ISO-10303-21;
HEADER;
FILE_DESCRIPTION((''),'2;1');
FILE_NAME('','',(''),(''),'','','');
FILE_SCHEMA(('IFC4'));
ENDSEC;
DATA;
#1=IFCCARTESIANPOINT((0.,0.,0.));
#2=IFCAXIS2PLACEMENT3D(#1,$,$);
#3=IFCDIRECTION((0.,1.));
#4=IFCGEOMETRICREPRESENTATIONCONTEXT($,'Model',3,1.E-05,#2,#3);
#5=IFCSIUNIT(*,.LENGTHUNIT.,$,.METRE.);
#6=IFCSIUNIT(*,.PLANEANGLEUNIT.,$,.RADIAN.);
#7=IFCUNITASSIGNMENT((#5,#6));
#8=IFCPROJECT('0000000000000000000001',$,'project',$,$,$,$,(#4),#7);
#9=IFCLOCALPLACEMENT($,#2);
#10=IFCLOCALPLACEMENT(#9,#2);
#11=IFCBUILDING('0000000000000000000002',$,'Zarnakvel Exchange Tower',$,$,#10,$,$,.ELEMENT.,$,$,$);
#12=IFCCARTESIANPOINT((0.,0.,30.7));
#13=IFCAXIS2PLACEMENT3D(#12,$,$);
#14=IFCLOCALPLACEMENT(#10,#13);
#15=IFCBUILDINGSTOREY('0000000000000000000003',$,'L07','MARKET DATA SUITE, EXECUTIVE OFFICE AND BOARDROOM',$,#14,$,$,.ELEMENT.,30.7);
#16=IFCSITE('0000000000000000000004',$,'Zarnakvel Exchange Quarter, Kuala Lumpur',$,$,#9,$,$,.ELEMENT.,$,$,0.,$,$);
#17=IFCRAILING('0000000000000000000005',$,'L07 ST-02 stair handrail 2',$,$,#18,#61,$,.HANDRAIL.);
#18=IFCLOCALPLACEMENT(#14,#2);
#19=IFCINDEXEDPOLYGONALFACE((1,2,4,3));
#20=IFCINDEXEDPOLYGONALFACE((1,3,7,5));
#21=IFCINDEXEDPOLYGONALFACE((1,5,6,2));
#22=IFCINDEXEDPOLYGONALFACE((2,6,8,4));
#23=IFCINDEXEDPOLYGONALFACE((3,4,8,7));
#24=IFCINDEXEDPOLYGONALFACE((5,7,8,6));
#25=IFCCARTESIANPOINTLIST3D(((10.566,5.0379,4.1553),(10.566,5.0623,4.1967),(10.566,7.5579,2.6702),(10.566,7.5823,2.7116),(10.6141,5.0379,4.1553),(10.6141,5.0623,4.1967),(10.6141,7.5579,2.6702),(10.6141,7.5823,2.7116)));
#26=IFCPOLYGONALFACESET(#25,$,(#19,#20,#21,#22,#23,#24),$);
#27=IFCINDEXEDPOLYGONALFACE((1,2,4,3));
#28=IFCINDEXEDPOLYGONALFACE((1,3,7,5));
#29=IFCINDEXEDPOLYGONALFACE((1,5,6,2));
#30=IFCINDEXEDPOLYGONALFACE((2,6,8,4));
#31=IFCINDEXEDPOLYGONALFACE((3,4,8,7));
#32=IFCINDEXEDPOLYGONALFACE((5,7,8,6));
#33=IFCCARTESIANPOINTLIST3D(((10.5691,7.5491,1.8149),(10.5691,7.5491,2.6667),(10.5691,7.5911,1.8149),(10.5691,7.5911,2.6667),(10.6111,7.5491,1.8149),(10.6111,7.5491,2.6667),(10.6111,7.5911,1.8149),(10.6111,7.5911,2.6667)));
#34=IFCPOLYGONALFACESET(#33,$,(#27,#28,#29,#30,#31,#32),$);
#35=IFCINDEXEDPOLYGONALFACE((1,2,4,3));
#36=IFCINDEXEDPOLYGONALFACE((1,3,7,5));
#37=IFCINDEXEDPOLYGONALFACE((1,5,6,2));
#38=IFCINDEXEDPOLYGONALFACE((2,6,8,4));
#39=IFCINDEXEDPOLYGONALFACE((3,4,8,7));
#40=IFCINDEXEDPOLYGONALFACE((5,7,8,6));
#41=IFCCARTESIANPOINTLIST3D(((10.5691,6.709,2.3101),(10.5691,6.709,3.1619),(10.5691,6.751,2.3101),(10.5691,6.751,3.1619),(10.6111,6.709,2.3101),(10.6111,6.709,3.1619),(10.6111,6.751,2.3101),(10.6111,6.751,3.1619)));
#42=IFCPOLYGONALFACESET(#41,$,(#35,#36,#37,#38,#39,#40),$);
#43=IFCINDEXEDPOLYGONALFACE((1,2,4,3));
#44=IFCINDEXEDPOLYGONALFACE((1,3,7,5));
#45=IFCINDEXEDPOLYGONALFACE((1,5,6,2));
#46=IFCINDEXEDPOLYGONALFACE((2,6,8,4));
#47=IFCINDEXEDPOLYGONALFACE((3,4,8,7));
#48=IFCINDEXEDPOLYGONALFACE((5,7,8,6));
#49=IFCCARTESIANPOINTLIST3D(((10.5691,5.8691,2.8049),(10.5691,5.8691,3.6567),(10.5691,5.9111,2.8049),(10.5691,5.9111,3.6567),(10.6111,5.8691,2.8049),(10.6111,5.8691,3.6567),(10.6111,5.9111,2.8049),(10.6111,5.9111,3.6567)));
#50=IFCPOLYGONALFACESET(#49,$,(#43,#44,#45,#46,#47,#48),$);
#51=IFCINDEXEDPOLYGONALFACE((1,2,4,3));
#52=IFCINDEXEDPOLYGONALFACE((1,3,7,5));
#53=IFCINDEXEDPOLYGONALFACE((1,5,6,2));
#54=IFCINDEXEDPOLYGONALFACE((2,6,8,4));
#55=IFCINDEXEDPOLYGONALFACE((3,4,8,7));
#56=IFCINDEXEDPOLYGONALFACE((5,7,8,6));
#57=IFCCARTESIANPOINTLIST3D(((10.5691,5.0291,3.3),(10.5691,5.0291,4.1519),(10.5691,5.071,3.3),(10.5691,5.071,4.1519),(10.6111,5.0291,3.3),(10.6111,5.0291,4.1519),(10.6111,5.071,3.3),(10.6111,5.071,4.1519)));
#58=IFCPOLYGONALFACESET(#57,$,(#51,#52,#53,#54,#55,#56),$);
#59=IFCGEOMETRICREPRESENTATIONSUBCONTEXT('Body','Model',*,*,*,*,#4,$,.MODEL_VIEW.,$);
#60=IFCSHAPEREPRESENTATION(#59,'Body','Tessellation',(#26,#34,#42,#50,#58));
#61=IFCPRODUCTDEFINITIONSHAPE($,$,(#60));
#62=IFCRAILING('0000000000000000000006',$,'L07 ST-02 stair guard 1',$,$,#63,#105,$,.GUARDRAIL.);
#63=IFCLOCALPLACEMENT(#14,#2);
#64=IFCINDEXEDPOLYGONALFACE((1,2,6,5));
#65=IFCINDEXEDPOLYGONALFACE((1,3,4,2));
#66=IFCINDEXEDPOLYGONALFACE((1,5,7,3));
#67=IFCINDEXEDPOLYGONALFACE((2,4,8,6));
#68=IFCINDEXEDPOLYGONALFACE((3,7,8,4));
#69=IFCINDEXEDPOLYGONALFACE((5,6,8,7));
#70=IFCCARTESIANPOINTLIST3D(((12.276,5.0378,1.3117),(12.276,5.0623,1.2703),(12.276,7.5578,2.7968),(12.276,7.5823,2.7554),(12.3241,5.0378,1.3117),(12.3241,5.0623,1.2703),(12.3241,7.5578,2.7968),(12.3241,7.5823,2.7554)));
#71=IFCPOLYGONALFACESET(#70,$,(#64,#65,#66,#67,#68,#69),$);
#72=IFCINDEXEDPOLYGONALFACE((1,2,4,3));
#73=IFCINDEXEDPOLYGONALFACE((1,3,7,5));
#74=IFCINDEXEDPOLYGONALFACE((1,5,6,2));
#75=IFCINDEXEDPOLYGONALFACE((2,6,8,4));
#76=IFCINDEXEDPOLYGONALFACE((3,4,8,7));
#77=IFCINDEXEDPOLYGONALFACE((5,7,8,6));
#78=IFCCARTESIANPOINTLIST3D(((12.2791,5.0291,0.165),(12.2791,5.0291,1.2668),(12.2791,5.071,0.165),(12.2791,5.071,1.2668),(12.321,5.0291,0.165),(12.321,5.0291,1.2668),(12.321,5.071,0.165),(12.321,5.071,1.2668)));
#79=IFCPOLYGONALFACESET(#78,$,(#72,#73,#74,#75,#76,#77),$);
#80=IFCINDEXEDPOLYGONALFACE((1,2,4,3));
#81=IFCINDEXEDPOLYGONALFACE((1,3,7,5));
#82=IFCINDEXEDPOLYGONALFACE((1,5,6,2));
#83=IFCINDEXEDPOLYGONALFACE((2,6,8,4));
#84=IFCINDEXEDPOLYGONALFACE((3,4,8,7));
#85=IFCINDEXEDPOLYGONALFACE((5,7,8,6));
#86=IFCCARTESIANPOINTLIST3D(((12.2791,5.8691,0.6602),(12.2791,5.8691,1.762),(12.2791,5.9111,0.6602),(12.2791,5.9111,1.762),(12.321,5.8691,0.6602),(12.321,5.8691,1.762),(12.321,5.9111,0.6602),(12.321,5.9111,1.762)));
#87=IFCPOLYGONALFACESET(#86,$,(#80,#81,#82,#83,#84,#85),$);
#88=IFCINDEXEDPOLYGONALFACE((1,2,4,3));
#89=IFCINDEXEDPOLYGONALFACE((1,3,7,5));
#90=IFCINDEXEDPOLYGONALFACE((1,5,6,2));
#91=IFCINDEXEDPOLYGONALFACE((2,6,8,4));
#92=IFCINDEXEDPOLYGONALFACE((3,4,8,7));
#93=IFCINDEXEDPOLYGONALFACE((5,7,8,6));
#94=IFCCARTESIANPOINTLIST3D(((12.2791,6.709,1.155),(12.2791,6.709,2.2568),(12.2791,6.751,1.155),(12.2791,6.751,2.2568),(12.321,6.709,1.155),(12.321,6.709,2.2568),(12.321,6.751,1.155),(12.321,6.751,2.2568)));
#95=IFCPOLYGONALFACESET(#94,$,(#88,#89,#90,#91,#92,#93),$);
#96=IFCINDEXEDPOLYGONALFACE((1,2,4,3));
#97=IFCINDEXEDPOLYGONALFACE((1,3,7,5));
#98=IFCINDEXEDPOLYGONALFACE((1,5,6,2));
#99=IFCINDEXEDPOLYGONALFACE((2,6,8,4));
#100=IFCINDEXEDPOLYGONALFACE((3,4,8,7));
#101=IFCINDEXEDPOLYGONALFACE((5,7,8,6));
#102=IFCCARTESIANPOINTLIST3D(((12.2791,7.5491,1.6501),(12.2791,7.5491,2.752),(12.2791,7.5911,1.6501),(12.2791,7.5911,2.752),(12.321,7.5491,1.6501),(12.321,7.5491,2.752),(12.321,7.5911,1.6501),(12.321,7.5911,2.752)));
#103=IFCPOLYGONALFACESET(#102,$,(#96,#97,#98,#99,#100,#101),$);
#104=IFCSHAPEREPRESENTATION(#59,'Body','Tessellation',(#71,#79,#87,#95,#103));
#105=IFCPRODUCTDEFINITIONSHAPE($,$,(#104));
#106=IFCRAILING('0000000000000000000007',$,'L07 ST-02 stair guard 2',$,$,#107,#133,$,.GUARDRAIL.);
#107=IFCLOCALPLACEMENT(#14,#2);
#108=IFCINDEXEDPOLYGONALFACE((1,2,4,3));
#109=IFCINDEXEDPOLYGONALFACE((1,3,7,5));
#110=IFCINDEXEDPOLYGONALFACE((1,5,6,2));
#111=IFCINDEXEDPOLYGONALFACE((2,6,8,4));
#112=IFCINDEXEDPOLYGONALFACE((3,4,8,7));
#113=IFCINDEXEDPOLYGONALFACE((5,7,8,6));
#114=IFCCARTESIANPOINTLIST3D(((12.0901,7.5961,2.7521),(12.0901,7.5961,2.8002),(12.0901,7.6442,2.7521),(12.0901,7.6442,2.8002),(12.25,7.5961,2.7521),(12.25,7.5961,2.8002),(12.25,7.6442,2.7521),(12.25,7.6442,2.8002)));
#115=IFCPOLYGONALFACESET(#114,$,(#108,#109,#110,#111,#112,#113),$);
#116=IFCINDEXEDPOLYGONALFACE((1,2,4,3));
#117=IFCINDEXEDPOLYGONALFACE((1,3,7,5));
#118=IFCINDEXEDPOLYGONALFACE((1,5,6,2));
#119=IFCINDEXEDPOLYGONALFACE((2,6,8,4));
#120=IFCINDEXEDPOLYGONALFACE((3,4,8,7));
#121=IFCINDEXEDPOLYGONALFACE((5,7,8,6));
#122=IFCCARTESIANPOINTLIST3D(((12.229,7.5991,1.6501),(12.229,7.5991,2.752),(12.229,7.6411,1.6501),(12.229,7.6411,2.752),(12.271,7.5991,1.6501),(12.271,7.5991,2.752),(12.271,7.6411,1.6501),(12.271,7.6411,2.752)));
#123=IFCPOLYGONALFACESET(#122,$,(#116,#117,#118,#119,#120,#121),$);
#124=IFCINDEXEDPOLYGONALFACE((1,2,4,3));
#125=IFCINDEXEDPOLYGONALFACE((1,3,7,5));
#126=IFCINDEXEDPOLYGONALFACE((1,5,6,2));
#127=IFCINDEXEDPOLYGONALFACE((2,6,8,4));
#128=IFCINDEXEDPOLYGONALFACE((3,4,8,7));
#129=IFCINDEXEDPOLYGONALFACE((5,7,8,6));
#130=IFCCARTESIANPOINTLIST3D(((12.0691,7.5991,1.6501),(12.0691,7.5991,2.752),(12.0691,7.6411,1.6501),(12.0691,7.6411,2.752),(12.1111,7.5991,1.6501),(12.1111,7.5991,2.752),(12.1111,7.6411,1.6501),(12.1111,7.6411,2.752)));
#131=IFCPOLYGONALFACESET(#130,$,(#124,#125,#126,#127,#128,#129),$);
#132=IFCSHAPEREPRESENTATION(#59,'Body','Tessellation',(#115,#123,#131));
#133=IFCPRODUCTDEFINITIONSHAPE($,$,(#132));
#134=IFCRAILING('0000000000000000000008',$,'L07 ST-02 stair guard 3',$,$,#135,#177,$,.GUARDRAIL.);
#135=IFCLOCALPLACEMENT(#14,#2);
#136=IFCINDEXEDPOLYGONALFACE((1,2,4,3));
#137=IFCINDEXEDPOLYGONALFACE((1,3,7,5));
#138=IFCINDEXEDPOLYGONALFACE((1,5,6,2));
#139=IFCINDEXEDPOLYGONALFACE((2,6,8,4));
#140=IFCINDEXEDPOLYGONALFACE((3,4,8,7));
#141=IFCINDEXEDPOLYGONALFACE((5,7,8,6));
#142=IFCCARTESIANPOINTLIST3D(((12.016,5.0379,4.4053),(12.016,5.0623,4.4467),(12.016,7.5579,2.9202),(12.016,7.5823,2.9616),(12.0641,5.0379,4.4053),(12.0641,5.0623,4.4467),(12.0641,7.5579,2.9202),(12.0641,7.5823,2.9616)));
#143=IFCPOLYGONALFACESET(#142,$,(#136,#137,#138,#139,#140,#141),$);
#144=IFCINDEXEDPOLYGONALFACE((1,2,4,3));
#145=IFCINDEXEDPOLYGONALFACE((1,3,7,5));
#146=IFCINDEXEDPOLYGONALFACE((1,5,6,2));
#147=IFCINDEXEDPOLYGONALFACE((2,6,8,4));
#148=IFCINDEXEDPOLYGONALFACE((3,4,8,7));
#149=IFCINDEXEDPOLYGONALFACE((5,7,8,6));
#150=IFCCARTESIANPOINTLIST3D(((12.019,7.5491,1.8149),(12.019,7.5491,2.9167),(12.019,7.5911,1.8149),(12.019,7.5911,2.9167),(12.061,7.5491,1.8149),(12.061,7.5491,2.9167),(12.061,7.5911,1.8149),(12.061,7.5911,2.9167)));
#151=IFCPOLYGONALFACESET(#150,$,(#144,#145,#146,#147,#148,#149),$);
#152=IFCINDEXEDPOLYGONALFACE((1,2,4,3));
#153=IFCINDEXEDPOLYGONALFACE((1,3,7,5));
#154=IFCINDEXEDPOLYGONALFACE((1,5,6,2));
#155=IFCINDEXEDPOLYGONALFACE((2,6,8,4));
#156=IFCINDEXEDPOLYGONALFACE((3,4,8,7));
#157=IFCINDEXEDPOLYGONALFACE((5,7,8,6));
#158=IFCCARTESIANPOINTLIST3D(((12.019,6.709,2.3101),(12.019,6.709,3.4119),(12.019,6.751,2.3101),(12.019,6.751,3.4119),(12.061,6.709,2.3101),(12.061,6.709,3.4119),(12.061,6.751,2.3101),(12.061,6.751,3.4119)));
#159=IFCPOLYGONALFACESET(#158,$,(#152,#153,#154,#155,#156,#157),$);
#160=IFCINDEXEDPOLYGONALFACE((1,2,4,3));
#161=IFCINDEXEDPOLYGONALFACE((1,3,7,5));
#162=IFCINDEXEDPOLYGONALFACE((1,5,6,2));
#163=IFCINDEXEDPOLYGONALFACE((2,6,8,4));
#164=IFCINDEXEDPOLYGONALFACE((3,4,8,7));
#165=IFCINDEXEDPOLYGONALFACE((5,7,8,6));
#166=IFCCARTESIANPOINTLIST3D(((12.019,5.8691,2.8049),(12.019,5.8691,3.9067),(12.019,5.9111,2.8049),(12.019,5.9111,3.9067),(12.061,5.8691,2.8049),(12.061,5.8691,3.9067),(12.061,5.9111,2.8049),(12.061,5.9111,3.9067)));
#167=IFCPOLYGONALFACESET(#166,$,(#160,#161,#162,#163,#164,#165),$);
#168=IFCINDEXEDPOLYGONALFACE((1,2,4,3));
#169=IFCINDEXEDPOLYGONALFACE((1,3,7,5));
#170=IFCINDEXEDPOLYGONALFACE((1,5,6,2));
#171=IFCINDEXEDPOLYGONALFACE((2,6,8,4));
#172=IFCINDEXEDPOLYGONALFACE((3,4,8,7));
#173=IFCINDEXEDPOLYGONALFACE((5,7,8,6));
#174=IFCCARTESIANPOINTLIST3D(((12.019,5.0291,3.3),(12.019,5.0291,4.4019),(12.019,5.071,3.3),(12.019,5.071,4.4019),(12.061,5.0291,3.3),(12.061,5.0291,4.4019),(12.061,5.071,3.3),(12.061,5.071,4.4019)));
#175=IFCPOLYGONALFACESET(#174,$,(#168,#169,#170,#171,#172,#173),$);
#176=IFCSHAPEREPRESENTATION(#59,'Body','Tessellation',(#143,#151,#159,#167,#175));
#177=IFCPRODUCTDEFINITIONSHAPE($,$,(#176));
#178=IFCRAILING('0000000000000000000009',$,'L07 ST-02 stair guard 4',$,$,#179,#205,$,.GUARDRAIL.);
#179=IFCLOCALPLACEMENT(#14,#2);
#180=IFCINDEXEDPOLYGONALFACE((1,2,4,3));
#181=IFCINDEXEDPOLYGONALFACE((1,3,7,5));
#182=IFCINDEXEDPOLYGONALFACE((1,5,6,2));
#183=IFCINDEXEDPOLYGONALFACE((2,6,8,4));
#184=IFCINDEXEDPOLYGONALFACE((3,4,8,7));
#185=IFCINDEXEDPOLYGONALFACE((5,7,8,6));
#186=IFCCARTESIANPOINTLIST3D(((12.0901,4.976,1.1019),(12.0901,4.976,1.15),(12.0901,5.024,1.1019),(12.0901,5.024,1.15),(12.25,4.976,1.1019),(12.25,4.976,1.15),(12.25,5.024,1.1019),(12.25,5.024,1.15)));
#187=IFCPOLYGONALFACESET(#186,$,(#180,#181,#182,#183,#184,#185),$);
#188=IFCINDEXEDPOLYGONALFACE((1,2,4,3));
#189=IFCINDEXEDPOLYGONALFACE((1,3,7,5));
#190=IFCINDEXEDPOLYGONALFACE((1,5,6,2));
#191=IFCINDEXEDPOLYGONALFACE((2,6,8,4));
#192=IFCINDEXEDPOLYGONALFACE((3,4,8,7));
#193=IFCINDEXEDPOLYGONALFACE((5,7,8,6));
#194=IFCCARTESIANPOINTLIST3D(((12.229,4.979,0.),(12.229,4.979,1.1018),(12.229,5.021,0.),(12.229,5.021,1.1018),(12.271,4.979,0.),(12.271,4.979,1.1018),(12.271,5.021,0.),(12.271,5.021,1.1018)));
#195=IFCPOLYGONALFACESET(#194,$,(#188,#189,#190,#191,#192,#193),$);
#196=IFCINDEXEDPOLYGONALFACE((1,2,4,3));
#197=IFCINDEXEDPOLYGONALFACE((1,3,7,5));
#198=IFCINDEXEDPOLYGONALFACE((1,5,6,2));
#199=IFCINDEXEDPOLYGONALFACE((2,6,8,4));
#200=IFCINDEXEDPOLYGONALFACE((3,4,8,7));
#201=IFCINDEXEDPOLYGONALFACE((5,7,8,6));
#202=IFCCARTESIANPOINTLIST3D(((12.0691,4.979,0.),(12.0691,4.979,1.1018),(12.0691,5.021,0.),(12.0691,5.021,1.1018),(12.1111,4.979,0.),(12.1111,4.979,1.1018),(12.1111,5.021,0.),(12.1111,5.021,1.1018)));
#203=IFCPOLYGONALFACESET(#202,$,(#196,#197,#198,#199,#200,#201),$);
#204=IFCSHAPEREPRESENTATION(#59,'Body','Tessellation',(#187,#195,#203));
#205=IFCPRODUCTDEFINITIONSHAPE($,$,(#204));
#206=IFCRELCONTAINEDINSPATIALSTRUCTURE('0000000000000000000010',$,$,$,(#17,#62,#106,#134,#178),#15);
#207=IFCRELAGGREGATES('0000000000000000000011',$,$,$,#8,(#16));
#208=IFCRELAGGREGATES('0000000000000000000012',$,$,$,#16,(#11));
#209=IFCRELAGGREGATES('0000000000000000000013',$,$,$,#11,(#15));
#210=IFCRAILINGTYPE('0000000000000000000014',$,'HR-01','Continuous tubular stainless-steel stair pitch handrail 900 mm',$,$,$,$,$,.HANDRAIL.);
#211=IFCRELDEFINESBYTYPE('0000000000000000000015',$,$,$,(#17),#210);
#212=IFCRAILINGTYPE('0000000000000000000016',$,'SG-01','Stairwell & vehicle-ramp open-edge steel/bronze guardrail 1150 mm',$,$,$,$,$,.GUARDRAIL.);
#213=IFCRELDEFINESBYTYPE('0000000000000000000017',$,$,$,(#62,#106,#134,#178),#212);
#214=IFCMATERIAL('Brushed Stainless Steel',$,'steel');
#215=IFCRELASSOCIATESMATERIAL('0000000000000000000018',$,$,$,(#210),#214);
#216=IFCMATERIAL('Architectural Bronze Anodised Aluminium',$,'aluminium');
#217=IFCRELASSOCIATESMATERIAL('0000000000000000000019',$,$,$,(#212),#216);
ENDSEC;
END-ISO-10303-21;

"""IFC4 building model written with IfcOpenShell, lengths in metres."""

from ifc_helpers import new_model, si_unit, direction, frame, origin, origin_2d, place, context, subcontext, project, spatial, rectangle, extrude, material, type_object, element, save


model = new_model("IFC4")

# Units and contexts
model_context = context("Model", 3, precision=1e-05, world=origin(), true_north=direction((0.0, 1.0)))
body_context = subcontext(model_context, "Body", "Model", "MODEL_VIEW")
ifc_project = project(units=[si_unit("LENGTHUNIT", "METRE"), si_unit("PLANEANGLEUNIT", "RADIAN")], contexts=[model_context])

# Site, building, storey
site_placement = place(None, origin())
site = spatial("IfcSite", under=ifc_project, at=site_placement, Name="Zarnakvel Exchange Quarter, Kuala Lumpur", CompositionType="ELEMENT", RefElevation=0.0)
building_placement = place(site_placement, origin())
building = spatial("IfcBuilding", under=site, at=building_placement, Name="Zarnakvel Exchange Tower", CompositionType="ELEMENT")
storey_placement = place(building_placement, frame((0.0, 0.0, 30.7)))
storey = spatial("IfcBuildingStorey", under=building, at=storey_placement, Name="L07", Description="MARKET DATA SUITE, EXECUTIVE OFFICE AND BOARDROOM", CompositionType="ELEMENT", Elevation=30.7)

# Shared definitions
ifc_material_1 = material(Name="Architectural Bronze Anodised Aluminium", Category="aluminium")

# Railings
ifc_material_2 = material(Name="Brushed Stainless Steel", Category="steel")
railing_type_1 = type_object("IfcRailingType", Name="HR-01", Description="Continuous tubular stainless-steel stair pitch handrail 900 mm", PredefinedType="HANDRAIL", material=ifc_material_2)
railing_1_placement = place(storey_placement, frame((10.5901, 7.5701, 1.8149)))
element("IfcRailing", 1, at=railing_1_placement, inside=storey, type_object=railing_type_1, Name="L07 ST-02 stair handrail 2", PredefinedType="HANDRAIL", context=body_context, shape_type="SweptSolid", body=[
    extrude(rectangle(XDim=0.0481, YDim=0.0481, at=origin_2d()), frame((0.0, 0.0, 0.876), z_axis=(0.0, -0.861524, 0.507717), x_axis=(1.0, 0.0, 0.0)), (0.0, 0.0, 1.0), 2.925),
    extrude(rectangle(XDim=0.042, YDim=0.042, at=origin_2d()), origin(), (0.0, 0.0, 1.0), 0.8518),
    extrude(rectangle(XDim=0.042, YDim=0.042, at=origin_2d()), frame((0.0, -0.8401, 0.4951)), (0.0, 0.0, 1.0), 0.8518),
    extrude(rectangle(XDim=0.042, YDim=0.042, at=origin_2d()), frame((0.0, -1.6799, 0.99)), (0.0, 0.0, 1.0), 0.8518),
    extrude(rectangle(XDim=0.042, YDim=0.042, at=origin_2d()), frame((0.0, -2.52, 1.4851)), (0.0, 0.0, 1.0), 0.8518),
])
railing_type_2 = type_object("IfcRailingType", Name="SG-01", Description="Stairwell & vehicle-ramp open-edge steel/bronze guardrail 1150 mm", PredefinedType="GUARDRAIL", material=ifc_material_1)
railing_2_placement = place(storey_placement, frame((12.3, 5.05, 0.165)))
element("IfcRailing", 2, at=railing_2_placement, inside=storey, type_object=railing_type_2, Name="L07 ST-02 stair guard 1", PredefinedType="GUARDRAIL", context=body_context, shape_type="SweptSolid", body=[
    extrude(rectangle(XDim=0.0481, YDim=0.0481, at=origin_2d()), frame((0.0, 0.0, 1.126), z_axis=(0.0, 0.861524, 0.507717), x_axis=(-1.0, 0.0, 0.0)), (0.0, 0.0, 1.0), 2.925),
    extrude(rectangle(XDim=0.042, YDim=0.042, at=origin_2d()), origin(), (0.0, 0.0, 1.0), 1.1018),
    extrude(rectangle(XDim=0.042, YDim=0.042, at=origin_2d()), frame((0.0, 0.8401, 0.4951)), (0.0, 0.0, 1.0), 1.1018),
    extrude(rectangle(XDim=0.042, YDim=0.042, at=origin_2d()), frame((0.0, 1.6799, 0.99)), (0.0, 0.0, 1.0), 1.1018),
    extrude(rectangle(XDim=0.042, YDim=0.042, at=origin_2d()), frame((0.0, 2.52, 1.4851)), (0.0, 0.0, 1.0), 1.1018),
])
railing_3_placement = place(storey_placement, frame((12.25, 7.6201, 1.6501)))
element("IfcRailing", 3, at=railing_3_placement, inside=storey, type_object=railing_type_2, Name="L07 ST-02 stair guard 2", PredefinedType="GUARDRAIL", context=body_context, shape_type="SweptSolid", body=[
    extrude(rectangle(XDim=0.0481, YDim=0.0481, at=origin_2d()), frame((0.0, 0.0, 1.126), z_axis=(-1.0, 0.0, 0.0), x_axis=(0.0, -1.0, 0.0)), (0.0, 0.0, 1.0), 0.1599),
    extrude(rectangle(XDim=0.042, YDim=0.042, at=origin_2d()), origin(), (0.0, 0.0, 1.0), 1.1018),
    extrude(rectangle(XDim=0.042, YDim=0.042, at=origin_2d()), frame((-0.1599, 0.0, 0.0)), (0.0, 0.0, 1.0), 1.1018),
])
railing_4_placement = place(storey_placement, frame((12.04, 7.5701, 1.8149)))
element("IfcRailing", 4, at=railing_4_placement, inside=storey, type_object=railing_type_2, Name="L07 ST-02 stair guard 3", PredefinedType="GUARDRAIL", context=body_context, shape_type="SweptSolid", body=[
    extrude(rectangle(XDim=0.0481, YDim=0.0481, at=origin_2d()), frame((0.0, 0.0, 1.126), z_axis=(0.0, -0.861524, 0.507717), x_axis=(1.0, 0.0, 0.0)), (0.0, 0.0, 1.0), 2.925),
    extrude(rectangle(XDim=0.042, YDim=0.042, at=origin_2d()), origin(), (0.0, 0.0, 1.0), 1.1018),
    extrude(rectangle(XDim=0.042, YDim=0.042, at=origin_2d()), frame((0.0, -0.8401, 0.4951)), (0.0, 0.0, 1.0), 1.1018),
    extrude(rectangle(XDim=0.042, YDim=0.042, at=origin_2d()), frame((0.0, -1.6799, 0.99)), (0.0, 0.0, 1.0), 1.1018),
    extrude(rectangle(XDim=0.042, YDim=0.042, at=origin_2d()), frame((0.0, -2.52, 1.4851)), (0.0, 0.0, 1.0), 1.1018),
])
railing_5_placement = place(storey_placement, frame((12.25, 5.0, 0.0)))
element("IfcRailing", 5, at=railing_5_placement, inside=storey, type_object=railing_type_2, Name="L07 ST-02 stair guard 4", PredefinedType="GUARDRAIL", context=body_context, shape_type="SweptSolid", body=[
    extrude(rectangle(XDim=0.0481, YDim=0.0481, at=origin_2d()), frame((0.0, 0.0, 1.126), z_axis=(-1.0, 0.0, 0.0), x_axis=(0.0, -1.0, 0.0)), (0.0, 0.0, 1.0), 0.1599),
    extrude(rectangle(XDim=0.042, YDim=0.042, at=origin_2d()), origin(), (0.0, 0.0, 1.0), 1.1018),
    extrude(rectangle(XDim=0.042, YDim=0.042, at=origin_2d()), frame((-0.1599, 0.0, 0.0)), (0.0, 0.0, 1.0), 1.1018),
])

save(model, "model.ifc")
